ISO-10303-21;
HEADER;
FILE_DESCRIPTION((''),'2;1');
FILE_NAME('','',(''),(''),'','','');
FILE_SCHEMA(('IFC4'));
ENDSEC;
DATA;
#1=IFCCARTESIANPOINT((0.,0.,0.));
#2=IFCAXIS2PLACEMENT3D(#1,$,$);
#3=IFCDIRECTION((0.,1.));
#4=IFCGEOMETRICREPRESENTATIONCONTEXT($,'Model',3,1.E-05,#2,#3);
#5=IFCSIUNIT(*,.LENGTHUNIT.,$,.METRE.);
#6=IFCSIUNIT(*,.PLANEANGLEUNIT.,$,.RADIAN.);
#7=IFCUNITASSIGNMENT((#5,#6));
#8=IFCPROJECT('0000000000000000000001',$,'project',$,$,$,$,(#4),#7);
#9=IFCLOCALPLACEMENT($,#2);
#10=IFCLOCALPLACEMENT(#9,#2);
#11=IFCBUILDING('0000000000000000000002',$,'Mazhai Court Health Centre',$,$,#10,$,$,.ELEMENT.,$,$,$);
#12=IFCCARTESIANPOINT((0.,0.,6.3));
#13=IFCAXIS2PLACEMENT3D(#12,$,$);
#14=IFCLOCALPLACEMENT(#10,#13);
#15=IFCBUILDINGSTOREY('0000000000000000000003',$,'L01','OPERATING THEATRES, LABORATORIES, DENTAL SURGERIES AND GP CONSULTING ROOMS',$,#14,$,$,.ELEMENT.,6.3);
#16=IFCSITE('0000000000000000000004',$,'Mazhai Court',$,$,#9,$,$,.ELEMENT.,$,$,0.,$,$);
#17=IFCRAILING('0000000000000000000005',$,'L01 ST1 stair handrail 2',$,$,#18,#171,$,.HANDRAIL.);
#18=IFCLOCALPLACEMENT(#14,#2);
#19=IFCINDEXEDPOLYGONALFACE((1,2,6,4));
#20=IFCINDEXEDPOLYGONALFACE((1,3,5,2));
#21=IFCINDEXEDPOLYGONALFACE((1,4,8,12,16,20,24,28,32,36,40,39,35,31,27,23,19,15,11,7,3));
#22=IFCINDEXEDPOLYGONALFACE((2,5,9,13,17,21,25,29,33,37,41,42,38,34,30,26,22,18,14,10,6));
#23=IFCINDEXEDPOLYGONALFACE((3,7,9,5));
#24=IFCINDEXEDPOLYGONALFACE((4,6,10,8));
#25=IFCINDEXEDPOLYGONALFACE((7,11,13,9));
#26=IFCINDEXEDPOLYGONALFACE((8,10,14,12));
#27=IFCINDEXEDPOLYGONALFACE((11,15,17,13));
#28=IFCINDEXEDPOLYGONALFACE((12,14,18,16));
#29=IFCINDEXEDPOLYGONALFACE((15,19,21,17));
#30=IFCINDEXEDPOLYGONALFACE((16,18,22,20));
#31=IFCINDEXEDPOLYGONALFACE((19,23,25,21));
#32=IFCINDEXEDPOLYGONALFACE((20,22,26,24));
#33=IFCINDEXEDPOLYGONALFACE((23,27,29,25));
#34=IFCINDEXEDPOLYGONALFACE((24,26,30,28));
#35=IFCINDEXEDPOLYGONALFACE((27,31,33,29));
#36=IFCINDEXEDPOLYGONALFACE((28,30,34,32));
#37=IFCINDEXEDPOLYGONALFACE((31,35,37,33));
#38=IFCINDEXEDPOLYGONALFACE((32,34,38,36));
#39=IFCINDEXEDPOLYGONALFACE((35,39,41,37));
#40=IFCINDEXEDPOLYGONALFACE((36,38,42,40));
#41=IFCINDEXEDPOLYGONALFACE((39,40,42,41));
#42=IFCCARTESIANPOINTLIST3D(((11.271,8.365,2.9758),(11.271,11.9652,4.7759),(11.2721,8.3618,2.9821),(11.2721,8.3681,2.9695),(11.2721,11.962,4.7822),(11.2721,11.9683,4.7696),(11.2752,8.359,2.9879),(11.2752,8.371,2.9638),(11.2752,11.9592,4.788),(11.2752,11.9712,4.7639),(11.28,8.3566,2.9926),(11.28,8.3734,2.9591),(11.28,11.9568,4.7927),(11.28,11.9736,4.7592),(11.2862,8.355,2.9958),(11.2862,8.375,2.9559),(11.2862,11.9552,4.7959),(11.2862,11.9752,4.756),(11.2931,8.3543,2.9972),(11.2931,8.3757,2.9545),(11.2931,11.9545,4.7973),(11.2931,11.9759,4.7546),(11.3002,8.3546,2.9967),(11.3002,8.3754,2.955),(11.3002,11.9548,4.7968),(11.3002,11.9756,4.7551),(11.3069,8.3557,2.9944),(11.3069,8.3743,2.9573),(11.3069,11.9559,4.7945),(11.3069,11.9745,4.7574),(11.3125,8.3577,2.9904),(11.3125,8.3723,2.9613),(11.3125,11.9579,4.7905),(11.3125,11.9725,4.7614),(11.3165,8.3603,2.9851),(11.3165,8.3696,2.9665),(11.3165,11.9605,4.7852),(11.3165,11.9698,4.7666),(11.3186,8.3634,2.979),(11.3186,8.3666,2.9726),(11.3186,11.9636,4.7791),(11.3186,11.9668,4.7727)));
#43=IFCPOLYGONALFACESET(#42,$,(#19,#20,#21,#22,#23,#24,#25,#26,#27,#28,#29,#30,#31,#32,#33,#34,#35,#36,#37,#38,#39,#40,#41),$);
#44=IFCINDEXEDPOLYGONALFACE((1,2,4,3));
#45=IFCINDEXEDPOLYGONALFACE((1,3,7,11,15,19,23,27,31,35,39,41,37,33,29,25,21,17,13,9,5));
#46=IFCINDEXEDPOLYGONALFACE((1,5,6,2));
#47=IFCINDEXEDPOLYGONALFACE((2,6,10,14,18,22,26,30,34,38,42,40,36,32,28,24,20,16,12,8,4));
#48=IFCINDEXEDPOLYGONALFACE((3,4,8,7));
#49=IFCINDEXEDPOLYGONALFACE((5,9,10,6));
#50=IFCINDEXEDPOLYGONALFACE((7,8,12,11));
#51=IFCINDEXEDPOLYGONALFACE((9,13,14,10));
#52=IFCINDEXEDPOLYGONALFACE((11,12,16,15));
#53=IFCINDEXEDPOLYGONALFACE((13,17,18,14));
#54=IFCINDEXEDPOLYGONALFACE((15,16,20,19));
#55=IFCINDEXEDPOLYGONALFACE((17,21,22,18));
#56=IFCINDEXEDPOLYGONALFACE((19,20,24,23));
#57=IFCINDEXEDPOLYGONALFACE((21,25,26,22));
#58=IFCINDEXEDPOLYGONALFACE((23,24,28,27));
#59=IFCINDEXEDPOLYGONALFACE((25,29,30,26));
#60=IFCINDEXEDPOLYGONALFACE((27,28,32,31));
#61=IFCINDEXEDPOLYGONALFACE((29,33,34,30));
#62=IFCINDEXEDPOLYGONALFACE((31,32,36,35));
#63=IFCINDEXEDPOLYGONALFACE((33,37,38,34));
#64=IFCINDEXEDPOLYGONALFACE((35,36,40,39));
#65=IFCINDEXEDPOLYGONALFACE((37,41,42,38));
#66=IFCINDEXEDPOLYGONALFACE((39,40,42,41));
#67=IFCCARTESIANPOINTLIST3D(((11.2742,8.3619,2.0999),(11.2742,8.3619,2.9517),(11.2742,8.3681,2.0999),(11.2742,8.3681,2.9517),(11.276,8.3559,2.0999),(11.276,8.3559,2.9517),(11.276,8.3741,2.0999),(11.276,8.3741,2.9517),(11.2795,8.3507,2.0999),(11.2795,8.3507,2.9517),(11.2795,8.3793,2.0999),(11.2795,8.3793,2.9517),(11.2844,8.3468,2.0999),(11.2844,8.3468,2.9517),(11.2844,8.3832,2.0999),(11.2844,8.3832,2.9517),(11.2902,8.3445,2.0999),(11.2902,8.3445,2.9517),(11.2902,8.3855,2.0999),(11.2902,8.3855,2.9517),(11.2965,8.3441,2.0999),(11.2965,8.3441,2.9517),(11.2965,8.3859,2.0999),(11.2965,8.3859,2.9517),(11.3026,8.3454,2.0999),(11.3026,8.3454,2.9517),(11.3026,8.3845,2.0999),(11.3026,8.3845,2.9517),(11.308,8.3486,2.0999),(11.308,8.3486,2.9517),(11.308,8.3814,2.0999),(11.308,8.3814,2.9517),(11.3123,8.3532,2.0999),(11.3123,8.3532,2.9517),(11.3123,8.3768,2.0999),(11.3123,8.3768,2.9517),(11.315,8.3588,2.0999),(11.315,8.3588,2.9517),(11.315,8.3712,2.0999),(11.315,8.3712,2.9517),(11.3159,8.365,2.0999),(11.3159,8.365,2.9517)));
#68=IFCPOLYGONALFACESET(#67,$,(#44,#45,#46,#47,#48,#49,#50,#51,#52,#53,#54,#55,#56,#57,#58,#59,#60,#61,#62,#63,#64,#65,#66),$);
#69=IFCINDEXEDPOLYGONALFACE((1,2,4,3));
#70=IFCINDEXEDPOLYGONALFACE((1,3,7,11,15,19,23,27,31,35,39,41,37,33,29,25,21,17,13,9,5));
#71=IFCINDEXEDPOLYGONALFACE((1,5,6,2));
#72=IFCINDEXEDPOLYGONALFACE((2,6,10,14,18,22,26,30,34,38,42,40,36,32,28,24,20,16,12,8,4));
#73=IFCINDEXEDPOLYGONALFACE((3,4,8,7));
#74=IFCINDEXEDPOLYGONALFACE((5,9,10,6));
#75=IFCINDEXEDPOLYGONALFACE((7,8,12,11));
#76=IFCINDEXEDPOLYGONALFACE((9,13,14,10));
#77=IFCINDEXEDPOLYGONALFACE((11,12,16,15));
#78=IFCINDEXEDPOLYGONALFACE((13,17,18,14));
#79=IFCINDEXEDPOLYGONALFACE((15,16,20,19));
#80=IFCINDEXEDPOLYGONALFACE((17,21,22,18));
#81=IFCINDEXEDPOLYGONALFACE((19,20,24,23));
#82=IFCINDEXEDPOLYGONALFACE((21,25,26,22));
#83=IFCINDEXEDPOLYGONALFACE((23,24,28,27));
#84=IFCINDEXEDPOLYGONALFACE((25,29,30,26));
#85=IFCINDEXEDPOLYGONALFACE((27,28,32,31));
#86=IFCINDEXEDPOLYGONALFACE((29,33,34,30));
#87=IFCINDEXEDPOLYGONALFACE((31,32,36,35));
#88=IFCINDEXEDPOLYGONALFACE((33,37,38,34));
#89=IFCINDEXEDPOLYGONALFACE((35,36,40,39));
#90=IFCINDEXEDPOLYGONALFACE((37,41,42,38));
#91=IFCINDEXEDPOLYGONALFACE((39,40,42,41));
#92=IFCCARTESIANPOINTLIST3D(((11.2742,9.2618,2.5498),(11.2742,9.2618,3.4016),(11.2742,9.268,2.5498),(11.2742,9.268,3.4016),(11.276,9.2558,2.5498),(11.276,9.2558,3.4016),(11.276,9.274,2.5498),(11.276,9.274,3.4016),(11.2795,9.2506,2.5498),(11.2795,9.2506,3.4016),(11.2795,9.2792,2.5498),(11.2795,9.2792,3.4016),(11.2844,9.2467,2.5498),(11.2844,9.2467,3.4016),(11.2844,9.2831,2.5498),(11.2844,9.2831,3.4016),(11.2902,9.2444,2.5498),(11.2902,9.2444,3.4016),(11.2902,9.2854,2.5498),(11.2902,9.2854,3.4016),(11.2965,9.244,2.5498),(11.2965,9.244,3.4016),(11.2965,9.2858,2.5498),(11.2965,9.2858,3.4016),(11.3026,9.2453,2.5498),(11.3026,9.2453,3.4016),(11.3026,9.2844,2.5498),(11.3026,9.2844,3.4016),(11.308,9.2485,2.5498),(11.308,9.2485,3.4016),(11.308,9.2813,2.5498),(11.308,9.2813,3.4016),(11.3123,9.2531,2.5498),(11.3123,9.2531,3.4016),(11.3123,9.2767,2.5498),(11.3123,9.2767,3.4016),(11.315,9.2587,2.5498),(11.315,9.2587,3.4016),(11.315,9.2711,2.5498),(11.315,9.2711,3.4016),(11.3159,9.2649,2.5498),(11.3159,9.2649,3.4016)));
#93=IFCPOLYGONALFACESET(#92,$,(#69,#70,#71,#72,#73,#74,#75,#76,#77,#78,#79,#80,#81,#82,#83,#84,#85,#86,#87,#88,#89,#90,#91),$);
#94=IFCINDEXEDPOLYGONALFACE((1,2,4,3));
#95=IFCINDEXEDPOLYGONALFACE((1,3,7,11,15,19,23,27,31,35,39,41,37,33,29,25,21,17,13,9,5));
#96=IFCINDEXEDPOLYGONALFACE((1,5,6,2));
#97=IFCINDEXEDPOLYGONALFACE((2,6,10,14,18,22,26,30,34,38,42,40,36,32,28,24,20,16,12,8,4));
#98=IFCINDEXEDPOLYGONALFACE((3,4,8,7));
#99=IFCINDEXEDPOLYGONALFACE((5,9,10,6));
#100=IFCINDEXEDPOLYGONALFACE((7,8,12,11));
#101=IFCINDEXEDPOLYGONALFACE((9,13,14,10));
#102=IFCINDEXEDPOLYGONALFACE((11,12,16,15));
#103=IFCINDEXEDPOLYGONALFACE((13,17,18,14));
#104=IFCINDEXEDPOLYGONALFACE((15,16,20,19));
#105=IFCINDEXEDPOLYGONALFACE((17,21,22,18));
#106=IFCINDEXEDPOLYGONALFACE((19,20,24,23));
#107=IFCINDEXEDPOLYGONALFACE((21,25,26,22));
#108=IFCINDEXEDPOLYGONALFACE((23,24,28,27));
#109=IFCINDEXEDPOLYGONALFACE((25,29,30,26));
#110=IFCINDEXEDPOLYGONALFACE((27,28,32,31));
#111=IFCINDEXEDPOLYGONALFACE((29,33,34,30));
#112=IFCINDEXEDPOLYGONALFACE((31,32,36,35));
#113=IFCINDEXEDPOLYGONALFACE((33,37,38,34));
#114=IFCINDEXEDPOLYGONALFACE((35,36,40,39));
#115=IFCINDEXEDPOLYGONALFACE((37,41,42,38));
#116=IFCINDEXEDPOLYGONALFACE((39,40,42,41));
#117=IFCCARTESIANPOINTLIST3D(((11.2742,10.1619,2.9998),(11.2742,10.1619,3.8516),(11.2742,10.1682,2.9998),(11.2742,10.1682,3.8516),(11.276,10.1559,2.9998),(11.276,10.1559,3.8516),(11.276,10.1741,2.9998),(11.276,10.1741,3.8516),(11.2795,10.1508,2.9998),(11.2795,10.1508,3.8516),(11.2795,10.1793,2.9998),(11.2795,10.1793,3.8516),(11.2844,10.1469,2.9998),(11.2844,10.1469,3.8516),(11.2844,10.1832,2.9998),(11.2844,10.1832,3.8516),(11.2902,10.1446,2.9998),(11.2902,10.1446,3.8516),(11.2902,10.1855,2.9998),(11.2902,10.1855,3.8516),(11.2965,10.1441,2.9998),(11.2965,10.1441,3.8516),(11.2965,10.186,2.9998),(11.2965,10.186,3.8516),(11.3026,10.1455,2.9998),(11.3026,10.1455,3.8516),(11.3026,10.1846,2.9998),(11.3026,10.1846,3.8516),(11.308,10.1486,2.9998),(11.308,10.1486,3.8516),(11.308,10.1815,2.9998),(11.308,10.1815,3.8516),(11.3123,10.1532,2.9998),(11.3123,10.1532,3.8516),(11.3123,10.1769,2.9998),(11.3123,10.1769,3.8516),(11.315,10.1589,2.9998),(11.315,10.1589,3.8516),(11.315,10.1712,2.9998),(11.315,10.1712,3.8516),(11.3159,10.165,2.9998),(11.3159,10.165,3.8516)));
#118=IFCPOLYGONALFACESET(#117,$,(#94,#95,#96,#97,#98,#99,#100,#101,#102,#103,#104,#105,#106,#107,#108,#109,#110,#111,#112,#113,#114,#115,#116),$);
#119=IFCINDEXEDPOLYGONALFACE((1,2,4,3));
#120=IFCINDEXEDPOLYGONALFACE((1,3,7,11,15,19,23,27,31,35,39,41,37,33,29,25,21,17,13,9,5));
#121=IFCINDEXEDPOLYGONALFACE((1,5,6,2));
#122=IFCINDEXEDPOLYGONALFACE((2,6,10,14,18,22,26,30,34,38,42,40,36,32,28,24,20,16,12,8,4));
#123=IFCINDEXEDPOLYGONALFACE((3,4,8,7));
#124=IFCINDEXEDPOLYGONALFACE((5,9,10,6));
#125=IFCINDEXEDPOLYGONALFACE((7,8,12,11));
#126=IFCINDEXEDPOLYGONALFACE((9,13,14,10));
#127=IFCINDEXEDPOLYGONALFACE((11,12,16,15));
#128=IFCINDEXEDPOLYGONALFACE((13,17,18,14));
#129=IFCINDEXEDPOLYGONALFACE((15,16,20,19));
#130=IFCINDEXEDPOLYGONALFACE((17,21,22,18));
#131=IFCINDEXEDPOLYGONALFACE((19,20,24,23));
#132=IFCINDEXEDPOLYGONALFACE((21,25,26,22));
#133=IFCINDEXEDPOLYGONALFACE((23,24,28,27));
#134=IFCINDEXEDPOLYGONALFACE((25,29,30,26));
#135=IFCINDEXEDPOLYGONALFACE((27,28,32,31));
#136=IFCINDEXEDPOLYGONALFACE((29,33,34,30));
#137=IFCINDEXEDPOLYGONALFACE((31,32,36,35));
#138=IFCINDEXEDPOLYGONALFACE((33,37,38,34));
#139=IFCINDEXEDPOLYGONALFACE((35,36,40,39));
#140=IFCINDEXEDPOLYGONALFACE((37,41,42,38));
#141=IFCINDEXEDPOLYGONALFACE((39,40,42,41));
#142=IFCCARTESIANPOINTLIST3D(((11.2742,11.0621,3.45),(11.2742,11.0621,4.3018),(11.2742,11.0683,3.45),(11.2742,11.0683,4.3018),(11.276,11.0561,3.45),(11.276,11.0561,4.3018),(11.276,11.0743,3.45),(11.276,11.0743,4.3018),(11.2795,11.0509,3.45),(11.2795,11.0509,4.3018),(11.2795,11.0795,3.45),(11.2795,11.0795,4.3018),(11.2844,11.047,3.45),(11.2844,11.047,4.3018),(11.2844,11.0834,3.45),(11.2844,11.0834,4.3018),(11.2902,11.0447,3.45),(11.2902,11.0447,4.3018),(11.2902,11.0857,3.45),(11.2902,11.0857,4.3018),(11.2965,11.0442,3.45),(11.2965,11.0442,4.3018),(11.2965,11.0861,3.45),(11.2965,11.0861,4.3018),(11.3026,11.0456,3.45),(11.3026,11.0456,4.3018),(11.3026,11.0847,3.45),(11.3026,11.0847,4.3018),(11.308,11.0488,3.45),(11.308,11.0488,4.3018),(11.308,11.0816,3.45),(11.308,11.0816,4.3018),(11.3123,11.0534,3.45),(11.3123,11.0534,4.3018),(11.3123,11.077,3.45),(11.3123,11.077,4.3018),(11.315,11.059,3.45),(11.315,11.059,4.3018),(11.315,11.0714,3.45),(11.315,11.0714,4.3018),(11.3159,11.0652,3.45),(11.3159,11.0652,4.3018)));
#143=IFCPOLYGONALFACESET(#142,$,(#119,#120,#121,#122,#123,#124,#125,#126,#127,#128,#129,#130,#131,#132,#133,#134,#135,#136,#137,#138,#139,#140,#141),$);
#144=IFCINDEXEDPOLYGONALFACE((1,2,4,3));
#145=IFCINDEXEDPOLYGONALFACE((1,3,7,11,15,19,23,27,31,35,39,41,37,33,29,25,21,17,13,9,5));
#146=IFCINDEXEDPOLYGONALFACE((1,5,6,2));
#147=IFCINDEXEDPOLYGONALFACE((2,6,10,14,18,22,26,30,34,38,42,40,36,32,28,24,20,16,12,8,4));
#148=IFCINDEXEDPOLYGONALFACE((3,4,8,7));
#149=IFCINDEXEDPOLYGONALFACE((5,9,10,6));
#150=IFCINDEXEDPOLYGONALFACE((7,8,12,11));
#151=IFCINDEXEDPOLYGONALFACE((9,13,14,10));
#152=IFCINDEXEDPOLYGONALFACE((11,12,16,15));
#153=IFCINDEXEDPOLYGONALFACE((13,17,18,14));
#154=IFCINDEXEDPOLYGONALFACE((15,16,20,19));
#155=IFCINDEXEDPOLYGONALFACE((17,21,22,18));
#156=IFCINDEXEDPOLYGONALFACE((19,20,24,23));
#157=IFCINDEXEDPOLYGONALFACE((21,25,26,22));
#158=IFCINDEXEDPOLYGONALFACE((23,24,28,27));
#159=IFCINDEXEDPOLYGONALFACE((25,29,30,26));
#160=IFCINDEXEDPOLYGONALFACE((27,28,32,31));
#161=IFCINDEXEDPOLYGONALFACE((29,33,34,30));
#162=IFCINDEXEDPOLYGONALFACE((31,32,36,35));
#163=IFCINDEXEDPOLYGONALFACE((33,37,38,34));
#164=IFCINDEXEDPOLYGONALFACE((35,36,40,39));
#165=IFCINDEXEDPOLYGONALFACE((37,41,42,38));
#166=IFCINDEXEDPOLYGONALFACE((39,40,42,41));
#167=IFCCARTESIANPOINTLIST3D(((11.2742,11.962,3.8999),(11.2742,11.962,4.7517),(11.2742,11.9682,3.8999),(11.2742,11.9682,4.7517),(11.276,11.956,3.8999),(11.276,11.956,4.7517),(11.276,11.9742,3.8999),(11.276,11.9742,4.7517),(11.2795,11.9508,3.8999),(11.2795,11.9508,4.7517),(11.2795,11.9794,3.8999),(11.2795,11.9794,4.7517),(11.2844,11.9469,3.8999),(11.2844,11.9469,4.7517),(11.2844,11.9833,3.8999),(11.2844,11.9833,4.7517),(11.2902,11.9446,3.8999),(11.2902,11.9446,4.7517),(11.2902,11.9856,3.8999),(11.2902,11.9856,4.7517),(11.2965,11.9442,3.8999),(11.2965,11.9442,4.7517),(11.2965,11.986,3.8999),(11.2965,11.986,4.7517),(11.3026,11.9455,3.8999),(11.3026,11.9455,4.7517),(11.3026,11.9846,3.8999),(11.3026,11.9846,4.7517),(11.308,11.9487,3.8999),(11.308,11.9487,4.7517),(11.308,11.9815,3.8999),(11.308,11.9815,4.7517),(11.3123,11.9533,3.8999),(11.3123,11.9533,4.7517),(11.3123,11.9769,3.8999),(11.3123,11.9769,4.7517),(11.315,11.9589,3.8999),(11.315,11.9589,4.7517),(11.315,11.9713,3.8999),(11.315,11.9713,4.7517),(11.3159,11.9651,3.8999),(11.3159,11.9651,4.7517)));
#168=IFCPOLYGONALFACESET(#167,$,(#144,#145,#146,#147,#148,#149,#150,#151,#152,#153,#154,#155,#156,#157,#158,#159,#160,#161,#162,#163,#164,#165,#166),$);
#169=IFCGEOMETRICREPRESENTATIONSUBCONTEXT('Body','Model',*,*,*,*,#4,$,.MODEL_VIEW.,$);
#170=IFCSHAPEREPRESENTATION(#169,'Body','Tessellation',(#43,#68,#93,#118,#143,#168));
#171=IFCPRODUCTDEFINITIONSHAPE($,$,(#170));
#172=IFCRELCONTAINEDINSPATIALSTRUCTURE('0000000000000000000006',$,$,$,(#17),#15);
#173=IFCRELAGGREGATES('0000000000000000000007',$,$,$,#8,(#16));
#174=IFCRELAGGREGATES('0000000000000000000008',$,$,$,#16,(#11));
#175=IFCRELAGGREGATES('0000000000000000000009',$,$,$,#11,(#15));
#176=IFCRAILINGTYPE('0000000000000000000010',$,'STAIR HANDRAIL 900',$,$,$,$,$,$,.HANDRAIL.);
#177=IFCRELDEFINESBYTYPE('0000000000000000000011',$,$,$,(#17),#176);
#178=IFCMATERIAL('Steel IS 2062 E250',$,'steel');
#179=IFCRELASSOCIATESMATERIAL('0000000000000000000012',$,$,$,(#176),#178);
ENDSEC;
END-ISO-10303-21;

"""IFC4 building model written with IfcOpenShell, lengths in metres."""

from ifc_helpers import new_model, si_unit, direction, frame, origin, origin_2d, place, context, subcontext, project, spatial, circle, extrude, material, type_object, element, save


model = new_model("IFC4")

# Units and contexts
model_context = context("Model", 3, precision=1e-05, world=origin(), true_north=direction((0.0, 1.0)))
body_context = subcontext(model_context, "Body", "Model", "MODEL_VIEW")
ifc_project = project(units=[si_unit("LENGTHUNIT", "METRE"), si_unit("PLANEANGLEUNIT", "RADIAN")], contexts=[model_context])

# Site, building, storey
site_placement = place(None, origin())
site = spatial("IfcSite", under=ifc_project, at=site_placement, Name="Mazhai Court", CompositionType="ELEMENT", RefElevation=0.0)
building_placement = place(site_placement, origin())
building = spatial("IfcBuilding", under=site, at=building_placement, Name="Mazhai Court Health Centre", CompositionType="ELEMENT")
storey_placement = place(building_placement, frame((0.0, 0.0, 6.3)))
storey = spatial("IfcBuildingStorey", under=building, at=storey_placement, Name="L01", Description="OPERATING THEATRES, LABORATORIES, DENTAL SURGERIES AND GP CONSULTING ROOMS", CompositionType="ELEMENT", Elevation=6.3)

# Railing
ifc_material_1 = material(Name="Steel IS 2062 E250", Category="steel")
railing_type_1 = type_object("IfcRailingType", Name="STAIR HANDRAIL 900", PredefinedType="HANDRAIL", material=ifc_material_1)
railing_1_placement = place(storey_placement, frame((11.2949, 8.365, 2.0999)))
element("IfcRailing", 1, at=railing_1_placement, inside=storey, type_object=railing_type_1, Name="L01 ST1 stair handrail 2", PredefinedType="HANDRAIL", context=body_context, shape_type="SweptSolid", body=[
    extrude(circle(Radius=0.0239, at=origin_2d()), frame((0.0, 0.0, 0.876), z_axis=(0.0, 0.894427, 0.447214), x_axis=(-1.0, 0.0, 0.0)), (0.0, 0.0, 1.0), 4.0251),
    extrude(circle(Radius=0.021, at=origin_2d()), origin(), (0.0, 0.0, 1.0), 0.8518),
    extrude(circle(Radius=0.021, at=origin_2d()), frame((0.0, 0.8999, 0.45)), (0.0, 0.0, 1.0), 0.8518),
    extrude(circle(Radius=0.021, at=origin_2d()), frame((0.0, 1.8, 0.8999)), (0.0, 0.0, 1.0), 0.8518),
    extrude(circle(Radius=0.021, at=origin_2d()), frame((0.0, 2.7002, 1.3501)), (0.0, 0.0, 1.0), 0.8518),
    extrude(circle(Radius=0.021, at=origin_2d()), frame((0.0, 3.6001, 1.8)), (0.0, 0.0, 1.0), 0.8518),
])

save(model, "model.ifc")
